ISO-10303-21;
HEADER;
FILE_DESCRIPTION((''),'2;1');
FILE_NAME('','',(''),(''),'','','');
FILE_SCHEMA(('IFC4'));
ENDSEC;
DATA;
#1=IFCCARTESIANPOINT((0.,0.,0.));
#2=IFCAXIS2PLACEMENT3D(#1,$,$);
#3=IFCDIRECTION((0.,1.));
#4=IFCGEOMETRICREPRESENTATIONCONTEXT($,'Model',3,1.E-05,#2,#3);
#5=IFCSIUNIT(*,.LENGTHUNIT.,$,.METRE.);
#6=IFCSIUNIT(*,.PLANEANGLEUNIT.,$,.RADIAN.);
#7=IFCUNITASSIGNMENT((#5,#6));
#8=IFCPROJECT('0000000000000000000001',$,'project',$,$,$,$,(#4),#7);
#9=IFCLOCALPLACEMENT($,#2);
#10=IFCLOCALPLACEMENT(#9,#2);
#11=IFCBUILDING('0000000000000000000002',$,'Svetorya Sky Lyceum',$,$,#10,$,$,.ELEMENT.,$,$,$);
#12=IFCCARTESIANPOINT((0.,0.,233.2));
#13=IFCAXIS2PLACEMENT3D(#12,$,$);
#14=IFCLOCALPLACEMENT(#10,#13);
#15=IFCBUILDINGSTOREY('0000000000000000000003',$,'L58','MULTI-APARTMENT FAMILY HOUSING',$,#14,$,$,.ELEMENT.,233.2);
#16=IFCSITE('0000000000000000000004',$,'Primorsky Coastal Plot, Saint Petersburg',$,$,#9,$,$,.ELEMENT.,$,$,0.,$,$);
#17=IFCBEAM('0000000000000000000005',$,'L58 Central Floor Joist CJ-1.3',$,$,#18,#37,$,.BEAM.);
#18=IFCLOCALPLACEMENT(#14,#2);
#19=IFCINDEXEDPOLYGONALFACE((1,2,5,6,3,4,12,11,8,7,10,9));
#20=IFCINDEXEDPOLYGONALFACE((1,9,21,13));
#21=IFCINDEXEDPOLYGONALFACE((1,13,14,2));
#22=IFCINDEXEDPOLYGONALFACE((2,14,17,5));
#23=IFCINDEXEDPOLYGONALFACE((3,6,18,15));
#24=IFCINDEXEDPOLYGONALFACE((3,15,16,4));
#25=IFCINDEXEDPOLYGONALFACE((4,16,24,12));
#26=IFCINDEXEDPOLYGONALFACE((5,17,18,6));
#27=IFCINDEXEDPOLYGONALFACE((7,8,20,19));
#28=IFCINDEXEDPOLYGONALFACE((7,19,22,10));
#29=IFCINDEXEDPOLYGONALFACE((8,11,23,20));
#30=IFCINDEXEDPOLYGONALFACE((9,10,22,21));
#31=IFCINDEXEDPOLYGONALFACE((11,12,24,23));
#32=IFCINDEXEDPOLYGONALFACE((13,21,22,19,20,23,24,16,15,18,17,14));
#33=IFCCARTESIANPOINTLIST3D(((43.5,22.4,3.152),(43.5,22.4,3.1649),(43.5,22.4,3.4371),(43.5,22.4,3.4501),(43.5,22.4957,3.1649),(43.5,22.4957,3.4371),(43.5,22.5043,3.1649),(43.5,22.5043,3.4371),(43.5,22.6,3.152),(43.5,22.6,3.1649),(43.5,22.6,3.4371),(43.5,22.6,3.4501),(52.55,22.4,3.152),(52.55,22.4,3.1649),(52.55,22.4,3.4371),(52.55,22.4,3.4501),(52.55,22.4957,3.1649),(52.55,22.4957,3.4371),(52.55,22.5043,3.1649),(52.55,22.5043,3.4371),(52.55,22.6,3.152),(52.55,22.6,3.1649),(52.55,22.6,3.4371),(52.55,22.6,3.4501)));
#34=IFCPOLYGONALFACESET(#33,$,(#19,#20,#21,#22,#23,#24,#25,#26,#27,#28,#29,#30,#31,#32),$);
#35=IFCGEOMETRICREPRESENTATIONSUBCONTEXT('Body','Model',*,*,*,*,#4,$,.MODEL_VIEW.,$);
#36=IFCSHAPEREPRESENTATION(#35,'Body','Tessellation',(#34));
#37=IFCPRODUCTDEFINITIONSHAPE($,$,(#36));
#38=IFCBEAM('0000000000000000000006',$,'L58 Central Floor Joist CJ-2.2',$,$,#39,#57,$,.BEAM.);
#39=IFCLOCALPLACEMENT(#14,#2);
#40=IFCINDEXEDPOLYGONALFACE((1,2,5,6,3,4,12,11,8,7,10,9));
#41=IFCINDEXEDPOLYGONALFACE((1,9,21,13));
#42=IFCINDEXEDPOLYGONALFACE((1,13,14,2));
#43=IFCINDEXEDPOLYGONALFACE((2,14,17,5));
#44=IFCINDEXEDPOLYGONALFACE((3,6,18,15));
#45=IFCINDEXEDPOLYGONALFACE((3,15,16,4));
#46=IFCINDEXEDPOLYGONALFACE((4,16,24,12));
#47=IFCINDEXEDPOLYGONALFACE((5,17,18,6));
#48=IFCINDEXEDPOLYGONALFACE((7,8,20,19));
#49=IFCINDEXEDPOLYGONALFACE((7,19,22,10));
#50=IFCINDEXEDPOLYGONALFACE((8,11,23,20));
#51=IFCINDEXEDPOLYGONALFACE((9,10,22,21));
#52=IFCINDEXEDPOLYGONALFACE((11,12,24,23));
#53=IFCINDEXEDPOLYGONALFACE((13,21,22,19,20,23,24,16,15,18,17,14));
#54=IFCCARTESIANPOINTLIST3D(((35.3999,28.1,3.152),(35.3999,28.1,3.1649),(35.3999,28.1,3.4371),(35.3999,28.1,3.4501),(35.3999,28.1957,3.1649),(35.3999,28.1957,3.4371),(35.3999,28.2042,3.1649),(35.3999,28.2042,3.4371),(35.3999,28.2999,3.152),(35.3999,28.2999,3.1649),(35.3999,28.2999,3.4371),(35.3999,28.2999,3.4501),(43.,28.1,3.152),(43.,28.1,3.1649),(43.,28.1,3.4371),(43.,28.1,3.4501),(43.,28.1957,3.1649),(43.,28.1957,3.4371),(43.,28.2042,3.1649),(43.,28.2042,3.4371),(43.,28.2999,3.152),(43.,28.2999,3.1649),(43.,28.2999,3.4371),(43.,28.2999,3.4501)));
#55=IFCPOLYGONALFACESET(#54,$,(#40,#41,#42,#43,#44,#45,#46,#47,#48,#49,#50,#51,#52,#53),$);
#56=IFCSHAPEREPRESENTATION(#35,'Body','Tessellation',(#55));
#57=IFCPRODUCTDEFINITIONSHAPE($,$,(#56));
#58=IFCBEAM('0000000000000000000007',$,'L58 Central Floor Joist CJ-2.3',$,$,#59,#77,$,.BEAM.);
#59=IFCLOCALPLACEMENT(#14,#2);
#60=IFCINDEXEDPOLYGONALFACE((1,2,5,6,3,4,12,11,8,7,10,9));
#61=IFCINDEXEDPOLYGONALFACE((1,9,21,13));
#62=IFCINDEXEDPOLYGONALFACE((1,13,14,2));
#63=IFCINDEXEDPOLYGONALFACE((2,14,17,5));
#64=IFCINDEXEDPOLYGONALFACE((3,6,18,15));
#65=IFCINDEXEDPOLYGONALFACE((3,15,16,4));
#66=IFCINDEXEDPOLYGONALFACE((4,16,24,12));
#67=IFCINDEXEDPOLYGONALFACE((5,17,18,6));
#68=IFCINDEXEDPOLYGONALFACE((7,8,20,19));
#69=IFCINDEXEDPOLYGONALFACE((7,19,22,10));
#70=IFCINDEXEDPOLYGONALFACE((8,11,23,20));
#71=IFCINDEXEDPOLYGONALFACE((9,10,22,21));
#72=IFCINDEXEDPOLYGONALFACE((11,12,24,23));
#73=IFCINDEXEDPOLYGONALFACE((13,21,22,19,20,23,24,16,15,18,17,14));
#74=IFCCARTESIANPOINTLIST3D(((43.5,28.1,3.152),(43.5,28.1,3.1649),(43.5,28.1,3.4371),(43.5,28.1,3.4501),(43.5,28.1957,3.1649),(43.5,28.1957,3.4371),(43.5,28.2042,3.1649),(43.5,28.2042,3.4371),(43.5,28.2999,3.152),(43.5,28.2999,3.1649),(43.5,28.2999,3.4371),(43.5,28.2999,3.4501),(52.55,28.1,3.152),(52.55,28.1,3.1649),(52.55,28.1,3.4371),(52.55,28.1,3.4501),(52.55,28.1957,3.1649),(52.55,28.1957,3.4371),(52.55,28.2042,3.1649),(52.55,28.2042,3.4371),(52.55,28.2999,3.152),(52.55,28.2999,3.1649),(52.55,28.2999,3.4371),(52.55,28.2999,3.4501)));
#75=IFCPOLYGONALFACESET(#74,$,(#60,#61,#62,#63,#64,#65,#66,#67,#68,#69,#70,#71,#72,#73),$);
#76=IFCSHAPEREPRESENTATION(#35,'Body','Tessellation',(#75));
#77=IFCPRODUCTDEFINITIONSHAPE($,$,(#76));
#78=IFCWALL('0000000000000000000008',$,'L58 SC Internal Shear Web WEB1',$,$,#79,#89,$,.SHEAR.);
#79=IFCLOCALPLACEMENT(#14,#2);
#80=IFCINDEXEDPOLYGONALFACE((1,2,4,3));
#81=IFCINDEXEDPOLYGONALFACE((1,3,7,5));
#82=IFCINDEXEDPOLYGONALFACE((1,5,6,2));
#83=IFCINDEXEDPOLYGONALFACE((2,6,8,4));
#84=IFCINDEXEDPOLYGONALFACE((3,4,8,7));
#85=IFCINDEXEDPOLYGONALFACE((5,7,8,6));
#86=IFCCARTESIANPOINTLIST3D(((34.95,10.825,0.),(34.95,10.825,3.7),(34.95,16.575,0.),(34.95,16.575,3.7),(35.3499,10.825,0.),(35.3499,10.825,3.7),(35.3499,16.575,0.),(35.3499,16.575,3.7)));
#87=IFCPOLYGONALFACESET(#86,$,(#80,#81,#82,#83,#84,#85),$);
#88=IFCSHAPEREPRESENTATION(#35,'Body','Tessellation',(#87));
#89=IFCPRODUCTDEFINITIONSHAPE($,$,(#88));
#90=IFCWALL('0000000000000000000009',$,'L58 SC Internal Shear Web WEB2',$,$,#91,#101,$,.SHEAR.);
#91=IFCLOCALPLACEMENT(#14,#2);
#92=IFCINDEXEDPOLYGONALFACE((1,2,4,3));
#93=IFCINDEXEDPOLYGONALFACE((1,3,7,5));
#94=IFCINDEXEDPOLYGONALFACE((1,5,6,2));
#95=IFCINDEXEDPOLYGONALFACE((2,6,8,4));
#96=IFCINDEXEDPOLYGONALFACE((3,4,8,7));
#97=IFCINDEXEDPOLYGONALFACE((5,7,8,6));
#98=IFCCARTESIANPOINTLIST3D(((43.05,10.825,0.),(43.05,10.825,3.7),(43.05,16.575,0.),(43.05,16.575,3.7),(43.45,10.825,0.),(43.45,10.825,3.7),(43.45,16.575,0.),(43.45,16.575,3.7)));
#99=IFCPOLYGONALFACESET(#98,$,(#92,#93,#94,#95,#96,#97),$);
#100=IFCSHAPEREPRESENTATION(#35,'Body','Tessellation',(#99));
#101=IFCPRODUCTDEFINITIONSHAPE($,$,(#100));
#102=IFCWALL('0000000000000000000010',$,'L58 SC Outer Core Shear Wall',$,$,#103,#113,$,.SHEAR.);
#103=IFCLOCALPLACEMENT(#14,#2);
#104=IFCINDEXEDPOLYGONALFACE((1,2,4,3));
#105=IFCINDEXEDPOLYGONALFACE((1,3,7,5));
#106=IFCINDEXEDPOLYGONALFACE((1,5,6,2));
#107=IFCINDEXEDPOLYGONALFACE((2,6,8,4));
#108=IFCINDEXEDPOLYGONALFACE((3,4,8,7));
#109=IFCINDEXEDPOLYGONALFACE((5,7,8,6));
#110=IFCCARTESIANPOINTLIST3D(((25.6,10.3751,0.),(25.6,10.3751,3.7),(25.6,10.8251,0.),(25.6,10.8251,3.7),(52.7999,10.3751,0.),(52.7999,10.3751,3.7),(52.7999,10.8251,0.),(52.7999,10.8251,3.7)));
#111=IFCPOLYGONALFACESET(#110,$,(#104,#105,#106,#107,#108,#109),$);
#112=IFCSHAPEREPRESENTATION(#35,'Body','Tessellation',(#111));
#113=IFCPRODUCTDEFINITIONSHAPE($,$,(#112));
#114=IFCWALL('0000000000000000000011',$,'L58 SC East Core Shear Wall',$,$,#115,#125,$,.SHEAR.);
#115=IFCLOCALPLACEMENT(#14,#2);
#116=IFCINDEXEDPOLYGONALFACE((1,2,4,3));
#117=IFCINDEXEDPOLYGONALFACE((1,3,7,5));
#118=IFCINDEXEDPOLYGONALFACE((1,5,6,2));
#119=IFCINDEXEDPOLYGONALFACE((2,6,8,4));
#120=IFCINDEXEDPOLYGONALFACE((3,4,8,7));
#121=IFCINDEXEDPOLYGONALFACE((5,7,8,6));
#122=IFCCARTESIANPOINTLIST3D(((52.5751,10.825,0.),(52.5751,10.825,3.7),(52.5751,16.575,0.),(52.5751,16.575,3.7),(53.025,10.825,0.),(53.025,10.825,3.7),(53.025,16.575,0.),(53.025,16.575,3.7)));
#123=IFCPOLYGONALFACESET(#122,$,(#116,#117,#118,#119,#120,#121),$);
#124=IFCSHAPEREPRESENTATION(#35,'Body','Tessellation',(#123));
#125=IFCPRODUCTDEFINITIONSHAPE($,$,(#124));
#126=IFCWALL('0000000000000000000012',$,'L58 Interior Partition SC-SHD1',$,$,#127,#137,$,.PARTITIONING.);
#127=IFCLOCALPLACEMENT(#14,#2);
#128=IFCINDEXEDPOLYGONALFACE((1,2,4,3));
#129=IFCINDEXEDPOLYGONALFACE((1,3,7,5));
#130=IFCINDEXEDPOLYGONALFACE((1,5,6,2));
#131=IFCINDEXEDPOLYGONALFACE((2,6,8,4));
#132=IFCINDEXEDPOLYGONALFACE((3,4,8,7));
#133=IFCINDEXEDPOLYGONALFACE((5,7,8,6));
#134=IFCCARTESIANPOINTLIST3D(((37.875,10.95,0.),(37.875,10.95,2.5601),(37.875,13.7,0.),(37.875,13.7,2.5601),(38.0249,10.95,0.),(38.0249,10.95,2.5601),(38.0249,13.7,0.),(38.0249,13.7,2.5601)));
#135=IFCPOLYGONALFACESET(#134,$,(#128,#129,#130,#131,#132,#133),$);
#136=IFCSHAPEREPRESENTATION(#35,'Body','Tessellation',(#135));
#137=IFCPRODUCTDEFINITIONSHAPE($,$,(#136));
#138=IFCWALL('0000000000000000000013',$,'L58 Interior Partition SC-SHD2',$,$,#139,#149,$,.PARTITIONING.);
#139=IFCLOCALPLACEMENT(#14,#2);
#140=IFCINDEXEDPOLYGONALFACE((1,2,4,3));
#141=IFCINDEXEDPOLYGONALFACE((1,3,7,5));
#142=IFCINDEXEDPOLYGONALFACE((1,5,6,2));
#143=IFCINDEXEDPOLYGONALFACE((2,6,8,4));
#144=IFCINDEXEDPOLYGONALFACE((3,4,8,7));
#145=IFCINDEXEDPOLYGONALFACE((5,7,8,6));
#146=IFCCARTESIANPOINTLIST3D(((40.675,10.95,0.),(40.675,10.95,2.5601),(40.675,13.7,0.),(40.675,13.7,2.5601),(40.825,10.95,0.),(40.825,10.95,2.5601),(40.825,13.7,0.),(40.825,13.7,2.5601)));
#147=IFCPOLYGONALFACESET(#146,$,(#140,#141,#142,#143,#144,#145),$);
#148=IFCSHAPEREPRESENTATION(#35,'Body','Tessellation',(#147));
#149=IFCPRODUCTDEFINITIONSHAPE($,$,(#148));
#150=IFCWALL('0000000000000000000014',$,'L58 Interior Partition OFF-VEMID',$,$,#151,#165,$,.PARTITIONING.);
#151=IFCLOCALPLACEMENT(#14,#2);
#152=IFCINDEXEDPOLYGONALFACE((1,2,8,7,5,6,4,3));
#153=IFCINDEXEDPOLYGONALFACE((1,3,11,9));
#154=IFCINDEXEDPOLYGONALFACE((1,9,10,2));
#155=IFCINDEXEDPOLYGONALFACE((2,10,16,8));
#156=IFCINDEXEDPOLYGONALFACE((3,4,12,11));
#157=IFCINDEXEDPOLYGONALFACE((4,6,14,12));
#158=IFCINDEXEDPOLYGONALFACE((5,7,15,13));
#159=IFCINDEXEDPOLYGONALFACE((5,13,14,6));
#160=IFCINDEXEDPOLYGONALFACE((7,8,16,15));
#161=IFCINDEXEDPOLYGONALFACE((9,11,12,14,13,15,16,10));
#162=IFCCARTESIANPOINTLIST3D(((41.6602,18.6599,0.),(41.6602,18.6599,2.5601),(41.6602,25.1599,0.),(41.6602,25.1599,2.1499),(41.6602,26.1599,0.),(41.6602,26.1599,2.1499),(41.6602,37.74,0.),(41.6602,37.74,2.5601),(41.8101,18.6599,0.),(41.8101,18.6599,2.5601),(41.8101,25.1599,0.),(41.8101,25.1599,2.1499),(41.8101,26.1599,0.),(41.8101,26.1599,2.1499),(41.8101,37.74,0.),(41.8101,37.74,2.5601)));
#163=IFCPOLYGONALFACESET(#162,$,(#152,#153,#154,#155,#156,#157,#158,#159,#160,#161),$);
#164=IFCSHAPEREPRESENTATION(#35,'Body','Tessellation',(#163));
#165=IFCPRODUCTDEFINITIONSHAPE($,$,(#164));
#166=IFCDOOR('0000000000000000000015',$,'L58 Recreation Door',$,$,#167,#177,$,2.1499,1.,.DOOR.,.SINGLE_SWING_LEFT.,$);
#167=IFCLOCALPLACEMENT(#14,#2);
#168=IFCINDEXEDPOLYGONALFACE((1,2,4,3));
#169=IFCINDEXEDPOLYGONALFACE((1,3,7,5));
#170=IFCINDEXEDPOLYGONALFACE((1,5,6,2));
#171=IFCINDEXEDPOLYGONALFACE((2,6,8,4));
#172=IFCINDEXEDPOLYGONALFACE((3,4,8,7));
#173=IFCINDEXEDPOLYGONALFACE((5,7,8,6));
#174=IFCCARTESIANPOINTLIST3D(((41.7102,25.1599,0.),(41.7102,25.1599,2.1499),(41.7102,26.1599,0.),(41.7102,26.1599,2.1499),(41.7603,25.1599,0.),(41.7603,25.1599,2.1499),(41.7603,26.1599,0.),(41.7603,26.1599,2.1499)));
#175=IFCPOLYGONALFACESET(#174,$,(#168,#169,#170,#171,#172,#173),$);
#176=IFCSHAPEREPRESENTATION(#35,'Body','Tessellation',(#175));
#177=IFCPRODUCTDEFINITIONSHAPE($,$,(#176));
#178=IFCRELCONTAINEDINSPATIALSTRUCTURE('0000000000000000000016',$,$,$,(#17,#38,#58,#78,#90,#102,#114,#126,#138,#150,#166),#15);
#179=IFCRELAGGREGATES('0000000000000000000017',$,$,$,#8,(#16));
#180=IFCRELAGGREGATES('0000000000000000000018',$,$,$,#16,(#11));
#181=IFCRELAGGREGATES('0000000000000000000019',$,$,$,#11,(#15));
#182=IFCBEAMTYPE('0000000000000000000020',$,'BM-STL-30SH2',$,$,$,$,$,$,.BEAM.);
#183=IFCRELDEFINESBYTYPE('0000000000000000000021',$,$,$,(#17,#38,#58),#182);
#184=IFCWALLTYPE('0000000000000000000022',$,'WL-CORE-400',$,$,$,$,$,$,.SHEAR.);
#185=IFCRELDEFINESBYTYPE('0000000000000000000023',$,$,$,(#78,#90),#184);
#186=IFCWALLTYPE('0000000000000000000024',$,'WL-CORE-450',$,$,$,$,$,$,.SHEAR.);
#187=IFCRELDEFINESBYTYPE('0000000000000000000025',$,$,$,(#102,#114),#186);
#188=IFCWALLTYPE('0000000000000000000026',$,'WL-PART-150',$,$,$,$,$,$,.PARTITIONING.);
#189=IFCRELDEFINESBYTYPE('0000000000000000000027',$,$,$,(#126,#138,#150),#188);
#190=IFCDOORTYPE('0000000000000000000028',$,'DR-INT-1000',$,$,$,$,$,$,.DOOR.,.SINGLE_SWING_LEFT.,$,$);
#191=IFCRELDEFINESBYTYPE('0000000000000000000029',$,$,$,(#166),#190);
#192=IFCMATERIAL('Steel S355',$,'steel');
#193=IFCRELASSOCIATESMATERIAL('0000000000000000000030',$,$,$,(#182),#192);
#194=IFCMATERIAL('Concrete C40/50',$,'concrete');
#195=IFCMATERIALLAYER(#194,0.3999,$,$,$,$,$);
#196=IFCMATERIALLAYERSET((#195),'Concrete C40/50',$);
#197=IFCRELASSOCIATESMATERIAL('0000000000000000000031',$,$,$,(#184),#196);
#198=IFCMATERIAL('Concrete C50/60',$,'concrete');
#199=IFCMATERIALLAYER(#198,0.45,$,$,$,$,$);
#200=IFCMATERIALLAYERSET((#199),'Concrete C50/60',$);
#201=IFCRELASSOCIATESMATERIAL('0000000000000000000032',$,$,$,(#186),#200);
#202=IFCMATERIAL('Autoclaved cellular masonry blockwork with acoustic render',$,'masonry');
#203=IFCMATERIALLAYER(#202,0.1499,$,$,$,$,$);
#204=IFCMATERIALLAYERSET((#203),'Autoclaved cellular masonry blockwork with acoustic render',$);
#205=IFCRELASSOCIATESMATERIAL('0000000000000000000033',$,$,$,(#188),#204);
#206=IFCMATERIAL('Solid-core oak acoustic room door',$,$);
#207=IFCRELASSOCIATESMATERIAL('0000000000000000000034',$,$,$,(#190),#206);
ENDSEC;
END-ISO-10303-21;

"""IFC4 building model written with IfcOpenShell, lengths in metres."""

from ifc_helpers import new_model, si_unit, direction, frame, frame_2d, origin, origin_2d, place, context, subcontext, project, spatial, rectangle, i_section, extrude, material, layer, layer_set, material_profile, profile_set, type_object, element, fill, save


model = new_model("IFC4")

# Units and contexts
model_context = context("Model", 3, precision=1e-05, world=origin(), true_north=direction((0.0, 1.0)))
body_context = subcontext(model_context, "Body", "Model", "MODEL_VIEW")
ifc_project = project(units=[si_unit("LENGTHUNIT", "METRE"), si_unit("PLANEANGLEUNIT", "RADIAN")], contexts=[model_context])

# Site, building, storey
site_placement = place(None, origin())
site = spatial("IfcSite", under=ifc_project, at=site_placement, Name="Primorsky Coastal Plot, Saint Petersburg", CompositionType="ELEMENT", RefElevation=0.0)
building_placement = place(site_placement, origin())
building = spatial("IfcBuilding", under=site, at=building_placement, Name="Svetorya Sky Lyceum", CompositionType="ELEMENT")
storey_placement = place(building_placement, frame((0.0, 0.0, 233.2)))
storey = spatial("IfcBuildingStorey", under=building, at=storey_placement, Name="L58", Description="MULTI-APARTMENT FAMILY HOUSING", CompositionType="ELEMENT", Elevation=233.2)

# Shared definitions
ifc_material_1 = material(Name="Concrete C50/60", Category="concrete")

# Beams
ifc_material_2 = material(Name="Steel S355", Category="steel")
ifc_material_profile_1 = material_profile(ifc_material_2, i_section(OverallWidth=0.2, OverallDepth=0.2981, WebThickness=0.0085, FlangeThickness=0.0129, at=origin_2d()), Name="GOST 30Sh2")
ifc_profile_set_1 = profile_set([ifc_material_profile_1], Name="Steel S355")
beam_type_1 = type_object("IfcBeamType", Name="BM-STL-30SH2", PredefinedType="BEAM", material=ifc_profile_set_1)
beam_1_placement = place(storey_placement, frame((43.5, 22.5, 3.301), z_axis=(1.0, 0.0, 0.0), x_axis=(0.0, 1.0, 0.0)))
element("IfcBeam", 1, at=beam_1_placement, inside=storey, type_object=beam_type_1, Name="L58 Central Floor Joist CJ-1.3", PredefinedType="BEAM", context=body_context, shape_type="SweptSolid", body=[
    extrude(i_section(OverallWidth=0.2, OverallDepth=0.2981, WebThickness=0.0085, FlangeThickness=0.0129, at=origin_2d()), origin(), (0.0, 0.0, 1.0), 9.05),
])
beam_2_placement = place(storey_placement, frame((35.3999, 28.2, 3.301), z_axis=(1.0, 0.0, 0.0), x_axis=(0.0, 1.0, 0.0)))
element("IfcBeam", 2, at=beam_2_placement, inside=storey, type_object=beam_type_1, Name="L58 Central Floor Joist CJ-2.2", PredefinedType="BEAM", context=body_context, shape_type="SweptSolid", body=[
    extrude(i_section(OverallWidth=0.2, OverallDepth=0.2981, WebThickness=0.0085, FlangeThickness=0.0129, at=origin_2d()), origin(), (0.0, 0.0, 1.0), 7.6001),
])
beam_3_placement = place(storey_placement, frame((43.5, 28.2, 3.301), z_axis=(1.0, 0.0, 0.0), x_axis=(0.0, 1.0, 0.0)))
element("IfcBeam", 3, at=beam_3_placement, inside=storey, type_object=beam_type_1, Name="L58 Central Floor Joist CJ-2.3", PredefinedType="BEAM", context=body_context, shape_type="SweptSolid", body=[
    extrude(i_section(OverallWidth=0.2, OverallDepth=0.2981, WebThickness=0.0085, FlangeThickness=0.0129, at=origin_2d()), origin(), (0.0, 0.0, 1.0), 9.05),
])

# Walls
ifc_material_3 = material(Name="Concrete C40/50", Category="concrete")
ifc_layer_1 = layer(ifc_material_3, 0.3999)
ifc_layer_set_1 = layer_set([ifc_layer_1], Name="Concrete C40/50")
wall_type_1 = type_object("IfcWallType", Name="WL-CORE-400", PredefinedType="SHEAR", material=ifc_layer_set_1)
for number, where, z_axis, x_axis, name in (
    (4, (35.1499, 10.825, 0.0), (0.0, 0.0, 1.0), (0.0, 1.0, 0.0), "L58 SC Internal Shear Web WEB1"),
    (5, (43.25, 10.825, 0.0), (0.0, 0.0, 1.0), (0.0, 1.0, 0.0), "L58 SC Internal Shear Web WEB2"),
):
    element("IfcWall", number, at=place(storey_placement, frame(where, z_axis=z_axis, x_axis=x_axis)), inside=storey, type_object=wall_type_1, Name=name, PredefinedType="SHEAR", context=body_context, shape_type="SweptSolid", body=[
        extrude(rectangle(XDim=5.75, YDim=0.3999, at=frame_2d((2.875, 0.0))), origin(), (0.0, 0.0, 1.0), 3.7),
    ])
ifc_layer_2 = layer(ifc_material_1, 0.45)
ifc_layer_set_2 = layer_set([ifc_layer_2], Name="Concrete C50/60")
wall_type_2 = type_object("IfcWallType", Name="WL-CORE-450", PredefinedType="SHEAR", material=ifc_layer_set_2)
wall_1_placement = place(storey_placement, frame((52.8, 10.6001, 0.0), z_axis=(0.0, 0.0, 1.0), x_axis=(-1.0, 0.0, 0.0)))
element("IfcWall", 6, at=wall_1_placement, inside=storey, type_object=wall_type_2, Name="L58 SC Outer Core Shear Wall", PredefinedType="SHEAR", context=body_context, shape_type="SweptSolid", body=[
    extrude(rectangle(XDim=27.2, YDim=0.45, at=frame_2d((13.6001, 0.0))), origin(), (0.0, 0.0, 1.0), 3.7),
])
wall_2_placement = place(storey_placement, frame((52.8, 10.825, 0.0), z_axis=(0.0, 0.0, 1.0), x_axis=(0.0, 1.0, 0.0)))
element("IfcWall", 7, at=wall_2_placement, inside=storey, type_object=wall_type_2, Name="L58 SC East Core Shear Wall", PredefinedType="SHEAR", context=body_context, shape_type="SweptSolid", body=[
    extrude(rectangle(XDim=5.75, YDim=0.45, at=frame_2d((2.875, 0.0))), origin(), (0.0, 0.0, 1.0), 3.7),
])
ifc_material_4 = material(Name="Autoclaved cellular masonry blockwork with acoustic render", Category="masonry")
ifc_layer_3 = layer(ifc_material_4, 0.1499)
ifc_layer_set_3 = layer_set([ifc_layer_3], Name="Autoclaved cellular masonry blockwork with acoustic render")
wall_type_3 = type_object("IfcWallType", Name="WL-PART-150", PredefinedType="PARTITIONING", material=ifc_layer_set_3)
for number, where, z_axis, x_axis, name in (
    (8, (37.95, 10.95, 0.0), (0.0, 0.0, 1.0), (0.0, 1.0, 0.0), "L58 Interior Partition SC-SHD1"),
    (9, (40.75, 10.95, 0.0), (0.0, 0.0, 1.0), (0.0, 1.0, 0.0), "L58 Interior Partition SC-SHD2"),
):
    element("IfcWall", number, at=place(storey_placement, frame(where, z_axis=z_axis, x_axis=x_axis)), inside=storey, type_object=wall_type_3, Name=name, PredefinedType="PARTITIONING", context=body_context, shape_type="SweptSolid", body=[
        extrude(rectangle(XDim=2.75, YDim=0.1499, at=frame_2d((1.375, 0.0))), origin(), (0.0, 0.0, 1.0), 2.5601),
    ])

# Wall, opening, door
wall_3_placement = place(storey_placement, frame((41.7351, 18.6599, 0.0), z_axis=(0.0, 0.0, 1.0), x_axis=(0.0, 1.0, 0.0)))
wall_3 = element("IfcWall", 10, at=wall_3_placement, inside=storey, type_object=wall_type_3, Name="L58 Interior Partition OFF-VEMID", PredefinedType="PARTITIONING", context=body_context, shape_type="SweptSolid", body=[
    extrude(rectangle(XDim=19.0801, YDim=0.1499, at=frame_2d((9.54, 0.0))), origin(), (0.0, 0.0, 1.0), 2.5601),
])
opening_1_placement = place(wall_3_placement, frame((6.5, 0.0, 0.0)))
opening_1 = element("IfcOpeningElement", 11, at=opening_1_placement, cuts=wall_3, PredefinedType="OPENING", context=body_context, shape_type="SweptSolid", body=[
    extrude(rectangle(XDim=1.0, YDim=2.1499, at=frame_2d((0.5, 1.075))), frame((0.0, 0.085, 0.0), z_axis=(0.0, -1.0, 0.0), x_axis=(1.0, 0.0, 0.0)), (0.0, 0.0, 1.0), 0.1699),
])
ifc_material_5 = material(Name="Solid-core oak acoustic room door")
door_type_1 = type_object("IfcDoorType", Name="DR-INT-1000", OperationType="SINGLE_SWING_LEFT", PredefinedType="DOOR", material=ifc_material_5)
door_1_placement = place(opening_1_placement, origin())
door_1 = element("IfcDoor", 12, at=door_1_placement, inside=storey, type_object=door_type_1, Name="L58 Recreation Door", OperationType="SINGLE_SWING_LEFT", OverallHeight=2.1499, OverallWidth=1.0, PredefinedType="DOOR", context=body_context, shape_type="SweptSolid", body=[
    extrude(rectangle(XDim=1.0, YDim=2.1499, at=frame_2d((0.5, 1.075))), frame((0.0, 0.0249, 0.0), z_axis=(0.0, -1.0, 0.0), x_axis=(1.0, 0.0, 0.0)), (0.0, 0.0, 1.0), 0.05),
])
fill(opening_1, door_1)

save(model, "model.ifc")
